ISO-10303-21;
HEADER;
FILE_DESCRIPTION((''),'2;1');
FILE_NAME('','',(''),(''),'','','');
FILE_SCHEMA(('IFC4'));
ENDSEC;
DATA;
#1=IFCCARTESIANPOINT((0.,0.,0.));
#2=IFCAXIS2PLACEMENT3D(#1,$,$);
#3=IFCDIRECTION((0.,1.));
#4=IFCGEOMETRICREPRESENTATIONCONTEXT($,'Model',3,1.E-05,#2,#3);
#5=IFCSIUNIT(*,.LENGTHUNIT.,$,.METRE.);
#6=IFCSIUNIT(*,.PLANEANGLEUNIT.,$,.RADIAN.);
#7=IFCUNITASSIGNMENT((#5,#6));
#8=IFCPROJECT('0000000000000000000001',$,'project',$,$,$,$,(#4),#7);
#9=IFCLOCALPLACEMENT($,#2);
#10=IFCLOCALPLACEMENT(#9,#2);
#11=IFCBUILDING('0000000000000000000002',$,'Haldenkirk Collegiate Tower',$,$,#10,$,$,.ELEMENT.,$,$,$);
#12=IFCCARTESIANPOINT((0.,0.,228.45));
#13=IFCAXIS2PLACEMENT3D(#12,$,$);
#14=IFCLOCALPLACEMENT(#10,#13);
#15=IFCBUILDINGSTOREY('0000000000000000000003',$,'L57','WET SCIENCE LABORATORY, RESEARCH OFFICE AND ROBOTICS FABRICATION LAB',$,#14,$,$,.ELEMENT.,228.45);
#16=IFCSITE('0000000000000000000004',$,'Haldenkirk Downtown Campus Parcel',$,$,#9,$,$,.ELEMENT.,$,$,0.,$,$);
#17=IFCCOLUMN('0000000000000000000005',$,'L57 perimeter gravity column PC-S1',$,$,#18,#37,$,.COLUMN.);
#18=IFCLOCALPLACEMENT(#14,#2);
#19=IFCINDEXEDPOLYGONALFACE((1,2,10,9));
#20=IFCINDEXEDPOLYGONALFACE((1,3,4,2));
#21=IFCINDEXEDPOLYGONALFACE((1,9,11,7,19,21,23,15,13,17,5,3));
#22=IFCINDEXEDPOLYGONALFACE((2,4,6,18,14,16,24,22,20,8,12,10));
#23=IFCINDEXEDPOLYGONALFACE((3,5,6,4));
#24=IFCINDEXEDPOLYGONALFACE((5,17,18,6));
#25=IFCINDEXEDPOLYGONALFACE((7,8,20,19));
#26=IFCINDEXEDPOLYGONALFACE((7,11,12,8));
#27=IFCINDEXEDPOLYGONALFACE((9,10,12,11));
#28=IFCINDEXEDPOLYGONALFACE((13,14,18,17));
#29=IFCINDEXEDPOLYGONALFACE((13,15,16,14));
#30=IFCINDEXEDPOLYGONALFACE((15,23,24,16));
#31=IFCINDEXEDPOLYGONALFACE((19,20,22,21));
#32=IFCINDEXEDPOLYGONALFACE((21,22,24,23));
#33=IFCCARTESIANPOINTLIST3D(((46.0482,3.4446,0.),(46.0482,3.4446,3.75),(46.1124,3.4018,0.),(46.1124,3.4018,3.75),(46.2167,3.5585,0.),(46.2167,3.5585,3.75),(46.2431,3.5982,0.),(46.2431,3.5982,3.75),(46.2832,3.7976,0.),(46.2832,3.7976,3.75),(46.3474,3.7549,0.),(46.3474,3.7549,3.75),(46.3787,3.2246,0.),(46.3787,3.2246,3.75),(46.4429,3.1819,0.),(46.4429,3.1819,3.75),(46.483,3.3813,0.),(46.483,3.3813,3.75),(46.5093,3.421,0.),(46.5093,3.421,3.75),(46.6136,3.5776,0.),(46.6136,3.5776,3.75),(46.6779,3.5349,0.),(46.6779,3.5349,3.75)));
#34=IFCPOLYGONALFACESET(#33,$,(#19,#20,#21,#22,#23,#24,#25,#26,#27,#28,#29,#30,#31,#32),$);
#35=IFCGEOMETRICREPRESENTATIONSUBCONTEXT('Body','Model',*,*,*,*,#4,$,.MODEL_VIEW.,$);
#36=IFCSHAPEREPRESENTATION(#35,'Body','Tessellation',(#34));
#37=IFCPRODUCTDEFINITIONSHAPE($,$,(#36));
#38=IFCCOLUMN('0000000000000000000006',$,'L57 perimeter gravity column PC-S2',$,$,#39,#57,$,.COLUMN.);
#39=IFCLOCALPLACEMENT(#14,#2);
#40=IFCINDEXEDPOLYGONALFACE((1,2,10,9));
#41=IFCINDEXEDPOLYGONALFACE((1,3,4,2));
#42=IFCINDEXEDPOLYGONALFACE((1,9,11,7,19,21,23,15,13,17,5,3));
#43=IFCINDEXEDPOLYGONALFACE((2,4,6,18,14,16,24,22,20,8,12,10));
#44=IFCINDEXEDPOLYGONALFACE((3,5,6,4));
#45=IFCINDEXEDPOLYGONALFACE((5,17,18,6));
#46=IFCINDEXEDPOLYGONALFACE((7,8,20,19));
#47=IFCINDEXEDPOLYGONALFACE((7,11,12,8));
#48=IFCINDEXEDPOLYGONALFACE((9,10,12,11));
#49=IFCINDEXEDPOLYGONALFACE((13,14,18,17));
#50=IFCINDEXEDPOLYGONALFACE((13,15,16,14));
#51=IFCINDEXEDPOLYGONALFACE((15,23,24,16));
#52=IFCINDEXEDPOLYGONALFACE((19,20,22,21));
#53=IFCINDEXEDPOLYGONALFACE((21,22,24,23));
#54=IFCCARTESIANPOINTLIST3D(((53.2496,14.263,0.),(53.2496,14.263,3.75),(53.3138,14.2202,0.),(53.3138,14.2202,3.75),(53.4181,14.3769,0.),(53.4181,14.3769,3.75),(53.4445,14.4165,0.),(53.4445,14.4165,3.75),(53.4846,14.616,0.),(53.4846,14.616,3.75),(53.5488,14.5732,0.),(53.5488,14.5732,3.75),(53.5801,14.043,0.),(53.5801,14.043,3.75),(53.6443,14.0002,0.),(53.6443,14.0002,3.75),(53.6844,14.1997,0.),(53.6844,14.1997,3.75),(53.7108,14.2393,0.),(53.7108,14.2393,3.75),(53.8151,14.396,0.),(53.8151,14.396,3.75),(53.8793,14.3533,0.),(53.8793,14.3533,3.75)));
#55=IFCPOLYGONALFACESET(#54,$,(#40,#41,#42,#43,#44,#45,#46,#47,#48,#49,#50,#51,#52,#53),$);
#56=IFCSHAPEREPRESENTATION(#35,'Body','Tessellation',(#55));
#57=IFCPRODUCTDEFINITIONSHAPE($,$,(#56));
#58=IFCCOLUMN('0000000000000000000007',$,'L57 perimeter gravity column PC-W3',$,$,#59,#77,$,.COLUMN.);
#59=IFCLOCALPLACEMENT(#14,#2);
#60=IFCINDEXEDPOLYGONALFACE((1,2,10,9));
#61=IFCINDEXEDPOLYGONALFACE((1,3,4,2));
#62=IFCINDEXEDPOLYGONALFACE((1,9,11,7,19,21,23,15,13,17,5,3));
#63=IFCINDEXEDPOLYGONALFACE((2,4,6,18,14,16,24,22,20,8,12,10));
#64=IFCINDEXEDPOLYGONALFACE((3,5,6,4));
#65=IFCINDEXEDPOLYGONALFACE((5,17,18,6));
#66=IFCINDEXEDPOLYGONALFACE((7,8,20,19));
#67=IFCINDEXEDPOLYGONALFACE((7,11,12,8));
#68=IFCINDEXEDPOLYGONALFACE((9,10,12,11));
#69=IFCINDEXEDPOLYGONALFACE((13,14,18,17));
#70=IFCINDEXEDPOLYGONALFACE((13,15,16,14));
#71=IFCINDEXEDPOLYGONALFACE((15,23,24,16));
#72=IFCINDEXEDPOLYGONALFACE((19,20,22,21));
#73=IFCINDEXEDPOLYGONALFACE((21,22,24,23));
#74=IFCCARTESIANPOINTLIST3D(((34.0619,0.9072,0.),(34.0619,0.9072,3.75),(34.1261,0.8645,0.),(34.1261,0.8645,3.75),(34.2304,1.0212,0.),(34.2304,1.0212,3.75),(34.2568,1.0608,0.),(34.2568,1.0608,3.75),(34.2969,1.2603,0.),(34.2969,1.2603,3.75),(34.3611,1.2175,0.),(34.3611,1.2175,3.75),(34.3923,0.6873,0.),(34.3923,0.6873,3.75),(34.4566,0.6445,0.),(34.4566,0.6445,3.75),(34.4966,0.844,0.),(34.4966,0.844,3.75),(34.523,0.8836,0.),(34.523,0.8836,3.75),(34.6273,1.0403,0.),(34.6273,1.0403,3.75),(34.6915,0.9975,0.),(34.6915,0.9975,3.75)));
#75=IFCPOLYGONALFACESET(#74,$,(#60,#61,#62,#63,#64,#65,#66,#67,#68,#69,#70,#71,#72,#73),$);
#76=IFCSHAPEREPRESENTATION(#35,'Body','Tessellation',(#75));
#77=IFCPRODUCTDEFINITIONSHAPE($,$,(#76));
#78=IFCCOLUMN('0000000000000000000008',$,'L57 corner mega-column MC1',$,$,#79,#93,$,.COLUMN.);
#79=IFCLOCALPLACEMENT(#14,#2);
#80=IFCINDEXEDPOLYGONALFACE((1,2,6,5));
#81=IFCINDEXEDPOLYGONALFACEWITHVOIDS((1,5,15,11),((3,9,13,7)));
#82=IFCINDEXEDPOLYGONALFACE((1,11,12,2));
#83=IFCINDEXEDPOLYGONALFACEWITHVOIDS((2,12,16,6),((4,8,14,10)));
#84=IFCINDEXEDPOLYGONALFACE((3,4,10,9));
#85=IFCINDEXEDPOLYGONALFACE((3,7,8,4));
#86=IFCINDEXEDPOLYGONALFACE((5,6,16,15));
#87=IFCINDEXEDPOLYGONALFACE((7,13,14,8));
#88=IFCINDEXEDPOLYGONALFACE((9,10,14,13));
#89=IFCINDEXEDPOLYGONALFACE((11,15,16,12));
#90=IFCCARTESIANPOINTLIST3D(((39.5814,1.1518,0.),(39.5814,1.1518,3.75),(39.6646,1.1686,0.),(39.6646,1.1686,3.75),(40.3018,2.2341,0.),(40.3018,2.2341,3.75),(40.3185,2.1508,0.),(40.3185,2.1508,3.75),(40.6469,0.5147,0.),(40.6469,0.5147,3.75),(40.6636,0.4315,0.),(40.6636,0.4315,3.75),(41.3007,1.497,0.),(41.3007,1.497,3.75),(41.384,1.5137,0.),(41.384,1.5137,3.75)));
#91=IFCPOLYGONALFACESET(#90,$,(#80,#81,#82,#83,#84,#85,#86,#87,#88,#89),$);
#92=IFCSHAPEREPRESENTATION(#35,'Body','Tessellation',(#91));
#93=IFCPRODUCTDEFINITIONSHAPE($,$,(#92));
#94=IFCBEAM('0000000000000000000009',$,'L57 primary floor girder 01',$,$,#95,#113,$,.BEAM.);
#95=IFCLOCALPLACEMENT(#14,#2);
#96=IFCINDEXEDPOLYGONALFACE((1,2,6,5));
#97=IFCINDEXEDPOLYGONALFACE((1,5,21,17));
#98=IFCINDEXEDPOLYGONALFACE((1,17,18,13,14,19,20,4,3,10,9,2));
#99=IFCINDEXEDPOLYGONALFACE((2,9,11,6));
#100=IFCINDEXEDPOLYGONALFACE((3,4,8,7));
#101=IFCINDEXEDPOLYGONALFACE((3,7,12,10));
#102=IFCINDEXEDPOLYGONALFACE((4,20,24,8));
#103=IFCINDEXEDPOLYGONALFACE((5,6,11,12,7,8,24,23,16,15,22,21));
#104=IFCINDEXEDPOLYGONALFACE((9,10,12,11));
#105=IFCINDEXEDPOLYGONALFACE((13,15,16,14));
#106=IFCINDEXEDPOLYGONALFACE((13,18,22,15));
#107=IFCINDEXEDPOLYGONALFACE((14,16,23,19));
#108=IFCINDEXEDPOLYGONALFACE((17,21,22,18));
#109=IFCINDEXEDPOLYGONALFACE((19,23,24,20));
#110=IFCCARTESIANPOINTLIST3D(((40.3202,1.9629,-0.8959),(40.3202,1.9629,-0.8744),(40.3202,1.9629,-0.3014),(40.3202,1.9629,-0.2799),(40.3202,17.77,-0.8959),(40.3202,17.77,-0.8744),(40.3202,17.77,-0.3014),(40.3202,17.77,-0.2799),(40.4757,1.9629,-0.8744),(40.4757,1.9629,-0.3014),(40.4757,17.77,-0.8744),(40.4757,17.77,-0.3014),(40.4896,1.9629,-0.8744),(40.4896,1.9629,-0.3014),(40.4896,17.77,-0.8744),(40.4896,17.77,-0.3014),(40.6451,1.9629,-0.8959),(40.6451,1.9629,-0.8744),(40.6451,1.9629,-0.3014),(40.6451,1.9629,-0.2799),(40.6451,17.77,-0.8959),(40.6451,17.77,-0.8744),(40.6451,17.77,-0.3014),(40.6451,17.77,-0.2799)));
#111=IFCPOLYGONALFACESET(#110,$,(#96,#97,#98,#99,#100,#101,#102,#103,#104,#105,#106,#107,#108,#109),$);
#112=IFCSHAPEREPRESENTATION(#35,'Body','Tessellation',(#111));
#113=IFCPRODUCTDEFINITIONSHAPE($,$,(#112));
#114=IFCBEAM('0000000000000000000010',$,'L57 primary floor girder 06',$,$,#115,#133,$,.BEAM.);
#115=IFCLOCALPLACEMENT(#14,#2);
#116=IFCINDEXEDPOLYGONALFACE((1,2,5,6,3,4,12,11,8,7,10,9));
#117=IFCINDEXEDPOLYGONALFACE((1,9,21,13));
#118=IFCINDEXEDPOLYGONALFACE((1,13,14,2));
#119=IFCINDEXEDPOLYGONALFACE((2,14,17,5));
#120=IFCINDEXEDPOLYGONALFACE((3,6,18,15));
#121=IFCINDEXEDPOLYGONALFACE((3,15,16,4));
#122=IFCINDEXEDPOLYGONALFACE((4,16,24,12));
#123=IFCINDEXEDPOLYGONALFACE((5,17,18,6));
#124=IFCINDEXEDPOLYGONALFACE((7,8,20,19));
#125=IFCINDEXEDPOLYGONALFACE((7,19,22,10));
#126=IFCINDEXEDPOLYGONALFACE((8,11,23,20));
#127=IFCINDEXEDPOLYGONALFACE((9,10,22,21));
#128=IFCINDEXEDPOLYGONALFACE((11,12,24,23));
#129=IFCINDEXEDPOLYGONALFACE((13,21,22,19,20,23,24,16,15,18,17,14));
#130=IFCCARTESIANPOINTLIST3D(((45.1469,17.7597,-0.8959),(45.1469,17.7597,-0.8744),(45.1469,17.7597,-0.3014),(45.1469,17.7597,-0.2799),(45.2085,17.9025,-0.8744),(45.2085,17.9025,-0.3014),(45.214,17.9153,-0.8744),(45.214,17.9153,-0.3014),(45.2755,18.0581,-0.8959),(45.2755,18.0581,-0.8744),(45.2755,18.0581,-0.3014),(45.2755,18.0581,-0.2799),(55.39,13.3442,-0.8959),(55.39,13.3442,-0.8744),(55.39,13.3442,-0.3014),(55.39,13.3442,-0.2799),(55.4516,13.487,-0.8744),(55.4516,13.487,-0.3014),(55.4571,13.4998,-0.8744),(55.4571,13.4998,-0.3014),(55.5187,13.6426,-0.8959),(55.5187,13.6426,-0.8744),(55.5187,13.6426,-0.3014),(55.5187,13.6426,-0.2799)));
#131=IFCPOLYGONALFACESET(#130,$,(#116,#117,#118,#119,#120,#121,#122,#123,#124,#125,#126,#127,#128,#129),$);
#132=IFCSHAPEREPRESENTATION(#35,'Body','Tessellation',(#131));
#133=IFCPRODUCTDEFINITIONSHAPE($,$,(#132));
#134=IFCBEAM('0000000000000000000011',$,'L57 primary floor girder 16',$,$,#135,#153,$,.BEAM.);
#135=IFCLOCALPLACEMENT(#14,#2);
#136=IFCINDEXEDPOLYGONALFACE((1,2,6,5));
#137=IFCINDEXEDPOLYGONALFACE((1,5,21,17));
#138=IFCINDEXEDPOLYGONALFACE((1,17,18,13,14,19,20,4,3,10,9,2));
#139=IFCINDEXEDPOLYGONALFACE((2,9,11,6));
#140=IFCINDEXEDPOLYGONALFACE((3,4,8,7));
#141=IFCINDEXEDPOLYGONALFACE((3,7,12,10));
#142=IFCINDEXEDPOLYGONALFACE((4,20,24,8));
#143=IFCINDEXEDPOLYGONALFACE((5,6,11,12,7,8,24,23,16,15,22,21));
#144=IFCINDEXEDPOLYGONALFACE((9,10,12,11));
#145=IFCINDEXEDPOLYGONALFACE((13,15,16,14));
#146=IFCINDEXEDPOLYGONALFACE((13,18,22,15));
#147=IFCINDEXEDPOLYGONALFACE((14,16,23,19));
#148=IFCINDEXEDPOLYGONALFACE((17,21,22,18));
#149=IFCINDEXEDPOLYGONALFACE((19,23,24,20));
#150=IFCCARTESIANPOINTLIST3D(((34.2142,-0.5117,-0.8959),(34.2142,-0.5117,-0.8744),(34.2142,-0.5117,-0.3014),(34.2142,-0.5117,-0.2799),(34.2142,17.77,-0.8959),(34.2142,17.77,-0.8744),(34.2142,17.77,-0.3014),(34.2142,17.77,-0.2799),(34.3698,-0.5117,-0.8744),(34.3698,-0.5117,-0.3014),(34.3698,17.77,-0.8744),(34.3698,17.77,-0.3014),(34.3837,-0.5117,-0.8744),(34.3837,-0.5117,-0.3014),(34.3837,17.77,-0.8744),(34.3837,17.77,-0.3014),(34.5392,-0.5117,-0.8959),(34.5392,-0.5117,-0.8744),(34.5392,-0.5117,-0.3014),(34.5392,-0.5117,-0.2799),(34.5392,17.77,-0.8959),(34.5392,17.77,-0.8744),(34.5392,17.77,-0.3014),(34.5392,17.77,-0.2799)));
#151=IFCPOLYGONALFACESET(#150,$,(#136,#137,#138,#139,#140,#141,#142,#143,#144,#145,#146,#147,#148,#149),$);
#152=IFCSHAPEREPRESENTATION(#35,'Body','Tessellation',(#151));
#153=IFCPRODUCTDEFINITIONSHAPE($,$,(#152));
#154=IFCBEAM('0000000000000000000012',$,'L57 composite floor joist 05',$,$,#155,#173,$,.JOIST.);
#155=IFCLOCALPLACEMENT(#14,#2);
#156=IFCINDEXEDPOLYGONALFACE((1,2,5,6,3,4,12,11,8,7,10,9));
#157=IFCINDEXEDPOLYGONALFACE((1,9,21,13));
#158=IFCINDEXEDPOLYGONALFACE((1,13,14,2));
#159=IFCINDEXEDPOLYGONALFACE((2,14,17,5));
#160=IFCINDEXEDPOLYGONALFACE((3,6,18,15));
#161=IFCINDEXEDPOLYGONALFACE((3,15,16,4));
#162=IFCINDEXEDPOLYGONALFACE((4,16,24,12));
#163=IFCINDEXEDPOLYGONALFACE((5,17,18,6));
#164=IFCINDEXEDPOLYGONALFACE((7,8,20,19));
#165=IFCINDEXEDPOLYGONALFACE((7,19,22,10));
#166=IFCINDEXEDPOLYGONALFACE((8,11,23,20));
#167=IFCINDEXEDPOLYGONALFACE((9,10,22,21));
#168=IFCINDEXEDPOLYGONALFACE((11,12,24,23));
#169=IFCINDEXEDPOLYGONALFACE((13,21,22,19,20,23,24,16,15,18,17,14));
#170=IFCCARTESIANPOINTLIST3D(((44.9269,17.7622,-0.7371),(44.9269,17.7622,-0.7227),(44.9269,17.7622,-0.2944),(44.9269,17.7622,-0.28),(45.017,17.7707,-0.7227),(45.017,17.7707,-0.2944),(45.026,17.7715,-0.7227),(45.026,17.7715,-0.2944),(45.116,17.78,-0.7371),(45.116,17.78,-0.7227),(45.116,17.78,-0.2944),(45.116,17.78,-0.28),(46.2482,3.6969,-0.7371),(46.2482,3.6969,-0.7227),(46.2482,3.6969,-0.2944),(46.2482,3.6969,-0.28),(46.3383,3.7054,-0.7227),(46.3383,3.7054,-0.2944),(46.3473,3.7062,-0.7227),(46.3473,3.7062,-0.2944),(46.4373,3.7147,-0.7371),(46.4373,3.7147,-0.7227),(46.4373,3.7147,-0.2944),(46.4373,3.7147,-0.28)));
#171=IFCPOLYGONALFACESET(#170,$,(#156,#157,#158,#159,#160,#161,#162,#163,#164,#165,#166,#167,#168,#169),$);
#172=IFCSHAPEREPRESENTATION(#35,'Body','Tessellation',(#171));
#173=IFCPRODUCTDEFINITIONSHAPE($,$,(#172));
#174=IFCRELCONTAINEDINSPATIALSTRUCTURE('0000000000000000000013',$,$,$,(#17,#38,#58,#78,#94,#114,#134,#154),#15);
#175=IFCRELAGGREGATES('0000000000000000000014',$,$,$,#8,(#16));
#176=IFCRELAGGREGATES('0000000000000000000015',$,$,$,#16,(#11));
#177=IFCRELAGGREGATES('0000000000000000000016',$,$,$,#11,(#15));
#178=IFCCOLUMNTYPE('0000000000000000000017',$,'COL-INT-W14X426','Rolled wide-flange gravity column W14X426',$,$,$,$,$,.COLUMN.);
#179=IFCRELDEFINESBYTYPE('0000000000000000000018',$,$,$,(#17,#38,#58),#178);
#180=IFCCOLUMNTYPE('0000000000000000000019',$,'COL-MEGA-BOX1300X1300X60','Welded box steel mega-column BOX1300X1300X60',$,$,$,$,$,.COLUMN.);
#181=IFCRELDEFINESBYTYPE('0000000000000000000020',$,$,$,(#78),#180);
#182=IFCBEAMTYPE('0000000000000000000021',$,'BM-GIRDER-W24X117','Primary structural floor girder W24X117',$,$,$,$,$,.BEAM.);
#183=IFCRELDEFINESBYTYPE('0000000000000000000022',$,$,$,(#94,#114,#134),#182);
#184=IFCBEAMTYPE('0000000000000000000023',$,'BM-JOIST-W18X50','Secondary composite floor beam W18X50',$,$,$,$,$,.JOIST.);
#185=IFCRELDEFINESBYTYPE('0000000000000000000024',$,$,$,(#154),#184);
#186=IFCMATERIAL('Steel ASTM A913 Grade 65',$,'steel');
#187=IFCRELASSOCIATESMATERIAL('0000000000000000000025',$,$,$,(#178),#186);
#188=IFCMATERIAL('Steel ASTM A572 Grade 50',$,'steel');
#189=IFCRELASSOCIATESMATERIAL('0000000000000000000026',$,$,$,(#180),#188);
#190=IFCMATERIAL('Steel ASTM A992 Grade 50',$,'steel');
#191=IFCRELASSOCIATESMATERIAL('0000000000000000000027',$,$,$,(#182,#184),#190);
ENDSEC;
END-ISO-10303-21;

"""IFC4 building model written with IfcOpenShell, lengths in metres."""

from ifc_helpers import new_model, si_unit, direction, frame, origin, origin_2d, place, context, subcontext, project, spatial, hollow_rectangle, i_section, extrude, material, material_profile, profile_set, type_object, element, save


model = new_model("IFC4")

# Units and contexts
model_context = context("Model", 3, precision=1e-05, world=origin(), true_north=direction((0.0, 1.0)))
body_context = subcontext(model_context, "Body", "Model", "MODEL_VIEW")
ifc_project = project(units=[si_unit("LENGTHUNIT", "METRE"), si_unit("PLANEANGLEUNIT", "RADIAN")], contexts=[model_context])

# Site, building, storey
site_placement = place(None, origin())
site = spatial("IfcSite", under=ifc_project, at=site_placement, Name="Haldenkirk Downtown Campus Parcel", CompositionType="ELEMENT", RefElevation=0.0)
building_placement = place(site_placement, origin())
building = spatial("IfcBuilding", under=site, at=building_placement, Name="Haldenkirk Collegiate Tower", CompositionType="ELEMENT")
storey_placement = place(building_placement, frame((0.0, 0.0, 228.45)))
storey = spatial("IfcBuildingStorey", under=building, at=storey_placement, Name="L57", Description="WET SCIENCE LABORATORY, RESEARCH OFFICE AND ROBOTICS FABRICATION LAB", CompositionType="ELEMENT", Elevation=228.45)

# Columns
ifc_material_1 = material(Name="Steel ASTM A913 Grade 65", Category="steel")
ifc_material_profile_1 = material_profile(ifc_material_1, i_section(OverallWidth=0.4241, OverallDepth=0.4741, WebThickness=0.0476, FlangeThickness=0.0771, at=origin_2d()), Name="W14X426")
ifc_profile_set_1 = profile_set([ifc_material_profile_1], Name="Steel ASTM A913 Grade 65")
column_type_1 = type_object("IfcColumnType", Name="COL-INT-W14X426", Description="Rolled wide-flange gravity column W14X426", PredefinedType="COLUMN", material=ifc_profile_set_1)
for number, where, z_axis, x_axis, name in (
    (1, (46.363, 3.4897, 0.0), (0.0, 0.0, 1.0), (0.554118, 0.832438, 0.0), "L57 perimeter gravity column PC-S1"),
    (2, (53.5645, 14.3081, 0.0), (0.0, 0.0, 1.0), (0.554118, 0.832438, 0.0), "L57 perimeter gravity column PC-S2"),
    (3, (34.3767, 0.9524, 0.0), (0.0, 0.0, 1.0), (0.554118, 0.832438, 0.0), "L57 perimeter gravity column PC-W3"),
):
    element("IfcColumn", number, at=place(storey_placement, frame(where, z_axis=z_axis, x_axis=x_axis)), inside=storey, type_object=column_type_1, Name=name, PredefinedType="COLUMN", context=body_context, shape_type="SweptSolid", body=[
        extrude(i_section(OverallWidth=0.4241, OverallDepth=0.4741, WebThickness=0.0476, FlangeThickness=0.0771, at=origin_2d()), origin(), (0.0, 0.0, 1.0), 3.75),
    ])
ifc_material_2 = material(Name="Steel ASTM A572 Grade 50", Category="steel")
ifc_material_profile_2 = material_profile(ifc_material_2, hollow_rectangle(XDim=1.3, YDim=1.3, WallThickness=0.0601, at=origin_2d()), Name="BOX1300X1300X60")
ifc_profile_set_2 = profile_set([ifc_material_profile_2], Name="Steel ASTM A572 Grade 50")
column_type_2 = type_object("IfcColumnType", Name="COL-MEGA-BOX1300X1300X60", Description="Welded box steel mega-column BOX1300X1300X60", PredefinedType="COLUMN", material=ifc_profile_set_2)
column_placement = place(storey_placement, frame((40.4827, 1.3328, 0.0), z_axis=(0.0, 0.0, 1.0), x_axis=(0.554118, 0.832438, 0.0)))
element("IfcColumn", 4, at=column_placement, inside=storey, type_object=column_type_2, Name="L57 corner mega-column MC1", PredefinedType="COLUMN", context=body_context, shape_type="SweptSolid", body=[
    extrude(hollow_rectangle(XDim=1.3, YDim=1.3, WallThickness=0.0601, at=origin_2d()), origin(), (0.0, 0.0, 1.0), 3.75),
])

# Beams
ifc_material_3 = material(Name="Steel ASTM A992 Grade 50", Category="steel")
ifc_material_profile_3 = material_profile(ifc_material_3, i_section(OverallWidth=0.325, OverallDepth=0.616, WebThickness=0.0139, FlangeThickness=0.0215, at=origin_2d()), Name="W24X117")
ifc_profile_set_3 = profile_set([ifc_material_profile_3], Name="Steel ASTM A992 Grade 50")
beam_type_1 = type_object("IfcBeamType", Name="BM-GIRDER-W24X117", Description="Primary structural floor girder W24X117", PredefinedType="BEAM", material=ifc_profile_set_3)
beam_1_placement = place(storey_placement, frame((40.4827, 1.9629, -0.5879), z_axis=(0.0, 1.0, 0.0), x_axis=(-1.0, 0.0, 0.0)))
element("IfcBeam", 5, at=beam_1_placement, inside=storey, type_object=beam_type_1, Name="L57 primary floor girder 01", PredefinedType="BEAM", context=body_context, shape_type="SweptSolid", body=[
    extrude(i_section(OverallWidth=0.325, OverallDepth=0.616, WebThickness=0.0139, FlangeThickness=0.0215, at=origin_2d()), origin(), (0.0, 0.0, 1.0), 15.8071),
])
beam_2_placement = place(storey_placement, frame((55.4543, 13.4934, -0.5879), z_axis=(-0.918312, 0.395857, 0.0), x_axis=(-0.395857, -0.918312, 0.0)))
element("IfcBeam", 6, at=beam_2_placement, inside=storey, type_object=beam_type_1, Name="L57 primary floor girder 06", PredefinedType="BEAM", context=body_context, shape_type="SweptSolid", body=[
    extrude(i_section(OverallWidth=0.325, OverallDepth=0.616, WebThickness=0.0139, FlangeThickness=0.0215, at=origin_2d()), origin(), (0.0, 0.0, 1.0), 11.1543),
])
beam_3_placement = place(storey_placement, frame((34.3767, -0.5117, -0.5879), z_axis=(0.0, 1.0, 0.0), x_axis=(-1.0, 0.0, 0.0)))
element("IfcBeam", 7, at=beam_3_placement, inside=storey, type_object=beam_type_1, Name="L57 primary floor girder 16", PredefinedType="BEAM", context=body_context, shape_type="SweptSolid", body=[
    extrude(i_section(OverallWidth=0.325, OverallDepth=0.616, WebThickness=0.0139, FlangeThickness=0.0215, at=origin_2d()), origin(), (0.0, 0.0, 1.0), 18.2817),
])
ifc_material_profile_4 = material_profile(ifc_material_3, i_section(OverallWidth=0.1899, OverallDepth=0.457, WebThickness=0.009, FlangeThickness=0.0144, at=origin_2d()), Name="W18X50")
ifc_profile_set_4 = profile_set([ifc_material_profile_4], Name="Steel ASTM A992 Grade 50")
beam_type_2 = type_object("IfcBeamType", Name="BM-JOIST-W18X50", Description="Secondary composite floor beam W18X50", PredefinedType="JOIST", material=ifc_profile_set_4)
beam_4_placement = place(storey_placement, frame((46.3428, 3.7058, -0.5085), z_axis=(-0.093529, 0.995617, 0.0), x_axis=(-0.995617, -0.093529, 0.0)))
element("IfcBeam", 8, at=beam_4_placement, inside=storey, type_object=beam_type_2, Name="L57 composite floor joist 05", PredefinedType="JOIST", context=body_context, shape_type="SweptSolid", body=[
    extrude(i_section(OverallWidth=0.1899, OverallDepth=0.457, WebThickness=0.009, FlangeThickness=0.0144, at=origin_2d()), origin(), (0.0, 0.0, 1.0), 14.1272),
])

save(model, "model.ifc")
